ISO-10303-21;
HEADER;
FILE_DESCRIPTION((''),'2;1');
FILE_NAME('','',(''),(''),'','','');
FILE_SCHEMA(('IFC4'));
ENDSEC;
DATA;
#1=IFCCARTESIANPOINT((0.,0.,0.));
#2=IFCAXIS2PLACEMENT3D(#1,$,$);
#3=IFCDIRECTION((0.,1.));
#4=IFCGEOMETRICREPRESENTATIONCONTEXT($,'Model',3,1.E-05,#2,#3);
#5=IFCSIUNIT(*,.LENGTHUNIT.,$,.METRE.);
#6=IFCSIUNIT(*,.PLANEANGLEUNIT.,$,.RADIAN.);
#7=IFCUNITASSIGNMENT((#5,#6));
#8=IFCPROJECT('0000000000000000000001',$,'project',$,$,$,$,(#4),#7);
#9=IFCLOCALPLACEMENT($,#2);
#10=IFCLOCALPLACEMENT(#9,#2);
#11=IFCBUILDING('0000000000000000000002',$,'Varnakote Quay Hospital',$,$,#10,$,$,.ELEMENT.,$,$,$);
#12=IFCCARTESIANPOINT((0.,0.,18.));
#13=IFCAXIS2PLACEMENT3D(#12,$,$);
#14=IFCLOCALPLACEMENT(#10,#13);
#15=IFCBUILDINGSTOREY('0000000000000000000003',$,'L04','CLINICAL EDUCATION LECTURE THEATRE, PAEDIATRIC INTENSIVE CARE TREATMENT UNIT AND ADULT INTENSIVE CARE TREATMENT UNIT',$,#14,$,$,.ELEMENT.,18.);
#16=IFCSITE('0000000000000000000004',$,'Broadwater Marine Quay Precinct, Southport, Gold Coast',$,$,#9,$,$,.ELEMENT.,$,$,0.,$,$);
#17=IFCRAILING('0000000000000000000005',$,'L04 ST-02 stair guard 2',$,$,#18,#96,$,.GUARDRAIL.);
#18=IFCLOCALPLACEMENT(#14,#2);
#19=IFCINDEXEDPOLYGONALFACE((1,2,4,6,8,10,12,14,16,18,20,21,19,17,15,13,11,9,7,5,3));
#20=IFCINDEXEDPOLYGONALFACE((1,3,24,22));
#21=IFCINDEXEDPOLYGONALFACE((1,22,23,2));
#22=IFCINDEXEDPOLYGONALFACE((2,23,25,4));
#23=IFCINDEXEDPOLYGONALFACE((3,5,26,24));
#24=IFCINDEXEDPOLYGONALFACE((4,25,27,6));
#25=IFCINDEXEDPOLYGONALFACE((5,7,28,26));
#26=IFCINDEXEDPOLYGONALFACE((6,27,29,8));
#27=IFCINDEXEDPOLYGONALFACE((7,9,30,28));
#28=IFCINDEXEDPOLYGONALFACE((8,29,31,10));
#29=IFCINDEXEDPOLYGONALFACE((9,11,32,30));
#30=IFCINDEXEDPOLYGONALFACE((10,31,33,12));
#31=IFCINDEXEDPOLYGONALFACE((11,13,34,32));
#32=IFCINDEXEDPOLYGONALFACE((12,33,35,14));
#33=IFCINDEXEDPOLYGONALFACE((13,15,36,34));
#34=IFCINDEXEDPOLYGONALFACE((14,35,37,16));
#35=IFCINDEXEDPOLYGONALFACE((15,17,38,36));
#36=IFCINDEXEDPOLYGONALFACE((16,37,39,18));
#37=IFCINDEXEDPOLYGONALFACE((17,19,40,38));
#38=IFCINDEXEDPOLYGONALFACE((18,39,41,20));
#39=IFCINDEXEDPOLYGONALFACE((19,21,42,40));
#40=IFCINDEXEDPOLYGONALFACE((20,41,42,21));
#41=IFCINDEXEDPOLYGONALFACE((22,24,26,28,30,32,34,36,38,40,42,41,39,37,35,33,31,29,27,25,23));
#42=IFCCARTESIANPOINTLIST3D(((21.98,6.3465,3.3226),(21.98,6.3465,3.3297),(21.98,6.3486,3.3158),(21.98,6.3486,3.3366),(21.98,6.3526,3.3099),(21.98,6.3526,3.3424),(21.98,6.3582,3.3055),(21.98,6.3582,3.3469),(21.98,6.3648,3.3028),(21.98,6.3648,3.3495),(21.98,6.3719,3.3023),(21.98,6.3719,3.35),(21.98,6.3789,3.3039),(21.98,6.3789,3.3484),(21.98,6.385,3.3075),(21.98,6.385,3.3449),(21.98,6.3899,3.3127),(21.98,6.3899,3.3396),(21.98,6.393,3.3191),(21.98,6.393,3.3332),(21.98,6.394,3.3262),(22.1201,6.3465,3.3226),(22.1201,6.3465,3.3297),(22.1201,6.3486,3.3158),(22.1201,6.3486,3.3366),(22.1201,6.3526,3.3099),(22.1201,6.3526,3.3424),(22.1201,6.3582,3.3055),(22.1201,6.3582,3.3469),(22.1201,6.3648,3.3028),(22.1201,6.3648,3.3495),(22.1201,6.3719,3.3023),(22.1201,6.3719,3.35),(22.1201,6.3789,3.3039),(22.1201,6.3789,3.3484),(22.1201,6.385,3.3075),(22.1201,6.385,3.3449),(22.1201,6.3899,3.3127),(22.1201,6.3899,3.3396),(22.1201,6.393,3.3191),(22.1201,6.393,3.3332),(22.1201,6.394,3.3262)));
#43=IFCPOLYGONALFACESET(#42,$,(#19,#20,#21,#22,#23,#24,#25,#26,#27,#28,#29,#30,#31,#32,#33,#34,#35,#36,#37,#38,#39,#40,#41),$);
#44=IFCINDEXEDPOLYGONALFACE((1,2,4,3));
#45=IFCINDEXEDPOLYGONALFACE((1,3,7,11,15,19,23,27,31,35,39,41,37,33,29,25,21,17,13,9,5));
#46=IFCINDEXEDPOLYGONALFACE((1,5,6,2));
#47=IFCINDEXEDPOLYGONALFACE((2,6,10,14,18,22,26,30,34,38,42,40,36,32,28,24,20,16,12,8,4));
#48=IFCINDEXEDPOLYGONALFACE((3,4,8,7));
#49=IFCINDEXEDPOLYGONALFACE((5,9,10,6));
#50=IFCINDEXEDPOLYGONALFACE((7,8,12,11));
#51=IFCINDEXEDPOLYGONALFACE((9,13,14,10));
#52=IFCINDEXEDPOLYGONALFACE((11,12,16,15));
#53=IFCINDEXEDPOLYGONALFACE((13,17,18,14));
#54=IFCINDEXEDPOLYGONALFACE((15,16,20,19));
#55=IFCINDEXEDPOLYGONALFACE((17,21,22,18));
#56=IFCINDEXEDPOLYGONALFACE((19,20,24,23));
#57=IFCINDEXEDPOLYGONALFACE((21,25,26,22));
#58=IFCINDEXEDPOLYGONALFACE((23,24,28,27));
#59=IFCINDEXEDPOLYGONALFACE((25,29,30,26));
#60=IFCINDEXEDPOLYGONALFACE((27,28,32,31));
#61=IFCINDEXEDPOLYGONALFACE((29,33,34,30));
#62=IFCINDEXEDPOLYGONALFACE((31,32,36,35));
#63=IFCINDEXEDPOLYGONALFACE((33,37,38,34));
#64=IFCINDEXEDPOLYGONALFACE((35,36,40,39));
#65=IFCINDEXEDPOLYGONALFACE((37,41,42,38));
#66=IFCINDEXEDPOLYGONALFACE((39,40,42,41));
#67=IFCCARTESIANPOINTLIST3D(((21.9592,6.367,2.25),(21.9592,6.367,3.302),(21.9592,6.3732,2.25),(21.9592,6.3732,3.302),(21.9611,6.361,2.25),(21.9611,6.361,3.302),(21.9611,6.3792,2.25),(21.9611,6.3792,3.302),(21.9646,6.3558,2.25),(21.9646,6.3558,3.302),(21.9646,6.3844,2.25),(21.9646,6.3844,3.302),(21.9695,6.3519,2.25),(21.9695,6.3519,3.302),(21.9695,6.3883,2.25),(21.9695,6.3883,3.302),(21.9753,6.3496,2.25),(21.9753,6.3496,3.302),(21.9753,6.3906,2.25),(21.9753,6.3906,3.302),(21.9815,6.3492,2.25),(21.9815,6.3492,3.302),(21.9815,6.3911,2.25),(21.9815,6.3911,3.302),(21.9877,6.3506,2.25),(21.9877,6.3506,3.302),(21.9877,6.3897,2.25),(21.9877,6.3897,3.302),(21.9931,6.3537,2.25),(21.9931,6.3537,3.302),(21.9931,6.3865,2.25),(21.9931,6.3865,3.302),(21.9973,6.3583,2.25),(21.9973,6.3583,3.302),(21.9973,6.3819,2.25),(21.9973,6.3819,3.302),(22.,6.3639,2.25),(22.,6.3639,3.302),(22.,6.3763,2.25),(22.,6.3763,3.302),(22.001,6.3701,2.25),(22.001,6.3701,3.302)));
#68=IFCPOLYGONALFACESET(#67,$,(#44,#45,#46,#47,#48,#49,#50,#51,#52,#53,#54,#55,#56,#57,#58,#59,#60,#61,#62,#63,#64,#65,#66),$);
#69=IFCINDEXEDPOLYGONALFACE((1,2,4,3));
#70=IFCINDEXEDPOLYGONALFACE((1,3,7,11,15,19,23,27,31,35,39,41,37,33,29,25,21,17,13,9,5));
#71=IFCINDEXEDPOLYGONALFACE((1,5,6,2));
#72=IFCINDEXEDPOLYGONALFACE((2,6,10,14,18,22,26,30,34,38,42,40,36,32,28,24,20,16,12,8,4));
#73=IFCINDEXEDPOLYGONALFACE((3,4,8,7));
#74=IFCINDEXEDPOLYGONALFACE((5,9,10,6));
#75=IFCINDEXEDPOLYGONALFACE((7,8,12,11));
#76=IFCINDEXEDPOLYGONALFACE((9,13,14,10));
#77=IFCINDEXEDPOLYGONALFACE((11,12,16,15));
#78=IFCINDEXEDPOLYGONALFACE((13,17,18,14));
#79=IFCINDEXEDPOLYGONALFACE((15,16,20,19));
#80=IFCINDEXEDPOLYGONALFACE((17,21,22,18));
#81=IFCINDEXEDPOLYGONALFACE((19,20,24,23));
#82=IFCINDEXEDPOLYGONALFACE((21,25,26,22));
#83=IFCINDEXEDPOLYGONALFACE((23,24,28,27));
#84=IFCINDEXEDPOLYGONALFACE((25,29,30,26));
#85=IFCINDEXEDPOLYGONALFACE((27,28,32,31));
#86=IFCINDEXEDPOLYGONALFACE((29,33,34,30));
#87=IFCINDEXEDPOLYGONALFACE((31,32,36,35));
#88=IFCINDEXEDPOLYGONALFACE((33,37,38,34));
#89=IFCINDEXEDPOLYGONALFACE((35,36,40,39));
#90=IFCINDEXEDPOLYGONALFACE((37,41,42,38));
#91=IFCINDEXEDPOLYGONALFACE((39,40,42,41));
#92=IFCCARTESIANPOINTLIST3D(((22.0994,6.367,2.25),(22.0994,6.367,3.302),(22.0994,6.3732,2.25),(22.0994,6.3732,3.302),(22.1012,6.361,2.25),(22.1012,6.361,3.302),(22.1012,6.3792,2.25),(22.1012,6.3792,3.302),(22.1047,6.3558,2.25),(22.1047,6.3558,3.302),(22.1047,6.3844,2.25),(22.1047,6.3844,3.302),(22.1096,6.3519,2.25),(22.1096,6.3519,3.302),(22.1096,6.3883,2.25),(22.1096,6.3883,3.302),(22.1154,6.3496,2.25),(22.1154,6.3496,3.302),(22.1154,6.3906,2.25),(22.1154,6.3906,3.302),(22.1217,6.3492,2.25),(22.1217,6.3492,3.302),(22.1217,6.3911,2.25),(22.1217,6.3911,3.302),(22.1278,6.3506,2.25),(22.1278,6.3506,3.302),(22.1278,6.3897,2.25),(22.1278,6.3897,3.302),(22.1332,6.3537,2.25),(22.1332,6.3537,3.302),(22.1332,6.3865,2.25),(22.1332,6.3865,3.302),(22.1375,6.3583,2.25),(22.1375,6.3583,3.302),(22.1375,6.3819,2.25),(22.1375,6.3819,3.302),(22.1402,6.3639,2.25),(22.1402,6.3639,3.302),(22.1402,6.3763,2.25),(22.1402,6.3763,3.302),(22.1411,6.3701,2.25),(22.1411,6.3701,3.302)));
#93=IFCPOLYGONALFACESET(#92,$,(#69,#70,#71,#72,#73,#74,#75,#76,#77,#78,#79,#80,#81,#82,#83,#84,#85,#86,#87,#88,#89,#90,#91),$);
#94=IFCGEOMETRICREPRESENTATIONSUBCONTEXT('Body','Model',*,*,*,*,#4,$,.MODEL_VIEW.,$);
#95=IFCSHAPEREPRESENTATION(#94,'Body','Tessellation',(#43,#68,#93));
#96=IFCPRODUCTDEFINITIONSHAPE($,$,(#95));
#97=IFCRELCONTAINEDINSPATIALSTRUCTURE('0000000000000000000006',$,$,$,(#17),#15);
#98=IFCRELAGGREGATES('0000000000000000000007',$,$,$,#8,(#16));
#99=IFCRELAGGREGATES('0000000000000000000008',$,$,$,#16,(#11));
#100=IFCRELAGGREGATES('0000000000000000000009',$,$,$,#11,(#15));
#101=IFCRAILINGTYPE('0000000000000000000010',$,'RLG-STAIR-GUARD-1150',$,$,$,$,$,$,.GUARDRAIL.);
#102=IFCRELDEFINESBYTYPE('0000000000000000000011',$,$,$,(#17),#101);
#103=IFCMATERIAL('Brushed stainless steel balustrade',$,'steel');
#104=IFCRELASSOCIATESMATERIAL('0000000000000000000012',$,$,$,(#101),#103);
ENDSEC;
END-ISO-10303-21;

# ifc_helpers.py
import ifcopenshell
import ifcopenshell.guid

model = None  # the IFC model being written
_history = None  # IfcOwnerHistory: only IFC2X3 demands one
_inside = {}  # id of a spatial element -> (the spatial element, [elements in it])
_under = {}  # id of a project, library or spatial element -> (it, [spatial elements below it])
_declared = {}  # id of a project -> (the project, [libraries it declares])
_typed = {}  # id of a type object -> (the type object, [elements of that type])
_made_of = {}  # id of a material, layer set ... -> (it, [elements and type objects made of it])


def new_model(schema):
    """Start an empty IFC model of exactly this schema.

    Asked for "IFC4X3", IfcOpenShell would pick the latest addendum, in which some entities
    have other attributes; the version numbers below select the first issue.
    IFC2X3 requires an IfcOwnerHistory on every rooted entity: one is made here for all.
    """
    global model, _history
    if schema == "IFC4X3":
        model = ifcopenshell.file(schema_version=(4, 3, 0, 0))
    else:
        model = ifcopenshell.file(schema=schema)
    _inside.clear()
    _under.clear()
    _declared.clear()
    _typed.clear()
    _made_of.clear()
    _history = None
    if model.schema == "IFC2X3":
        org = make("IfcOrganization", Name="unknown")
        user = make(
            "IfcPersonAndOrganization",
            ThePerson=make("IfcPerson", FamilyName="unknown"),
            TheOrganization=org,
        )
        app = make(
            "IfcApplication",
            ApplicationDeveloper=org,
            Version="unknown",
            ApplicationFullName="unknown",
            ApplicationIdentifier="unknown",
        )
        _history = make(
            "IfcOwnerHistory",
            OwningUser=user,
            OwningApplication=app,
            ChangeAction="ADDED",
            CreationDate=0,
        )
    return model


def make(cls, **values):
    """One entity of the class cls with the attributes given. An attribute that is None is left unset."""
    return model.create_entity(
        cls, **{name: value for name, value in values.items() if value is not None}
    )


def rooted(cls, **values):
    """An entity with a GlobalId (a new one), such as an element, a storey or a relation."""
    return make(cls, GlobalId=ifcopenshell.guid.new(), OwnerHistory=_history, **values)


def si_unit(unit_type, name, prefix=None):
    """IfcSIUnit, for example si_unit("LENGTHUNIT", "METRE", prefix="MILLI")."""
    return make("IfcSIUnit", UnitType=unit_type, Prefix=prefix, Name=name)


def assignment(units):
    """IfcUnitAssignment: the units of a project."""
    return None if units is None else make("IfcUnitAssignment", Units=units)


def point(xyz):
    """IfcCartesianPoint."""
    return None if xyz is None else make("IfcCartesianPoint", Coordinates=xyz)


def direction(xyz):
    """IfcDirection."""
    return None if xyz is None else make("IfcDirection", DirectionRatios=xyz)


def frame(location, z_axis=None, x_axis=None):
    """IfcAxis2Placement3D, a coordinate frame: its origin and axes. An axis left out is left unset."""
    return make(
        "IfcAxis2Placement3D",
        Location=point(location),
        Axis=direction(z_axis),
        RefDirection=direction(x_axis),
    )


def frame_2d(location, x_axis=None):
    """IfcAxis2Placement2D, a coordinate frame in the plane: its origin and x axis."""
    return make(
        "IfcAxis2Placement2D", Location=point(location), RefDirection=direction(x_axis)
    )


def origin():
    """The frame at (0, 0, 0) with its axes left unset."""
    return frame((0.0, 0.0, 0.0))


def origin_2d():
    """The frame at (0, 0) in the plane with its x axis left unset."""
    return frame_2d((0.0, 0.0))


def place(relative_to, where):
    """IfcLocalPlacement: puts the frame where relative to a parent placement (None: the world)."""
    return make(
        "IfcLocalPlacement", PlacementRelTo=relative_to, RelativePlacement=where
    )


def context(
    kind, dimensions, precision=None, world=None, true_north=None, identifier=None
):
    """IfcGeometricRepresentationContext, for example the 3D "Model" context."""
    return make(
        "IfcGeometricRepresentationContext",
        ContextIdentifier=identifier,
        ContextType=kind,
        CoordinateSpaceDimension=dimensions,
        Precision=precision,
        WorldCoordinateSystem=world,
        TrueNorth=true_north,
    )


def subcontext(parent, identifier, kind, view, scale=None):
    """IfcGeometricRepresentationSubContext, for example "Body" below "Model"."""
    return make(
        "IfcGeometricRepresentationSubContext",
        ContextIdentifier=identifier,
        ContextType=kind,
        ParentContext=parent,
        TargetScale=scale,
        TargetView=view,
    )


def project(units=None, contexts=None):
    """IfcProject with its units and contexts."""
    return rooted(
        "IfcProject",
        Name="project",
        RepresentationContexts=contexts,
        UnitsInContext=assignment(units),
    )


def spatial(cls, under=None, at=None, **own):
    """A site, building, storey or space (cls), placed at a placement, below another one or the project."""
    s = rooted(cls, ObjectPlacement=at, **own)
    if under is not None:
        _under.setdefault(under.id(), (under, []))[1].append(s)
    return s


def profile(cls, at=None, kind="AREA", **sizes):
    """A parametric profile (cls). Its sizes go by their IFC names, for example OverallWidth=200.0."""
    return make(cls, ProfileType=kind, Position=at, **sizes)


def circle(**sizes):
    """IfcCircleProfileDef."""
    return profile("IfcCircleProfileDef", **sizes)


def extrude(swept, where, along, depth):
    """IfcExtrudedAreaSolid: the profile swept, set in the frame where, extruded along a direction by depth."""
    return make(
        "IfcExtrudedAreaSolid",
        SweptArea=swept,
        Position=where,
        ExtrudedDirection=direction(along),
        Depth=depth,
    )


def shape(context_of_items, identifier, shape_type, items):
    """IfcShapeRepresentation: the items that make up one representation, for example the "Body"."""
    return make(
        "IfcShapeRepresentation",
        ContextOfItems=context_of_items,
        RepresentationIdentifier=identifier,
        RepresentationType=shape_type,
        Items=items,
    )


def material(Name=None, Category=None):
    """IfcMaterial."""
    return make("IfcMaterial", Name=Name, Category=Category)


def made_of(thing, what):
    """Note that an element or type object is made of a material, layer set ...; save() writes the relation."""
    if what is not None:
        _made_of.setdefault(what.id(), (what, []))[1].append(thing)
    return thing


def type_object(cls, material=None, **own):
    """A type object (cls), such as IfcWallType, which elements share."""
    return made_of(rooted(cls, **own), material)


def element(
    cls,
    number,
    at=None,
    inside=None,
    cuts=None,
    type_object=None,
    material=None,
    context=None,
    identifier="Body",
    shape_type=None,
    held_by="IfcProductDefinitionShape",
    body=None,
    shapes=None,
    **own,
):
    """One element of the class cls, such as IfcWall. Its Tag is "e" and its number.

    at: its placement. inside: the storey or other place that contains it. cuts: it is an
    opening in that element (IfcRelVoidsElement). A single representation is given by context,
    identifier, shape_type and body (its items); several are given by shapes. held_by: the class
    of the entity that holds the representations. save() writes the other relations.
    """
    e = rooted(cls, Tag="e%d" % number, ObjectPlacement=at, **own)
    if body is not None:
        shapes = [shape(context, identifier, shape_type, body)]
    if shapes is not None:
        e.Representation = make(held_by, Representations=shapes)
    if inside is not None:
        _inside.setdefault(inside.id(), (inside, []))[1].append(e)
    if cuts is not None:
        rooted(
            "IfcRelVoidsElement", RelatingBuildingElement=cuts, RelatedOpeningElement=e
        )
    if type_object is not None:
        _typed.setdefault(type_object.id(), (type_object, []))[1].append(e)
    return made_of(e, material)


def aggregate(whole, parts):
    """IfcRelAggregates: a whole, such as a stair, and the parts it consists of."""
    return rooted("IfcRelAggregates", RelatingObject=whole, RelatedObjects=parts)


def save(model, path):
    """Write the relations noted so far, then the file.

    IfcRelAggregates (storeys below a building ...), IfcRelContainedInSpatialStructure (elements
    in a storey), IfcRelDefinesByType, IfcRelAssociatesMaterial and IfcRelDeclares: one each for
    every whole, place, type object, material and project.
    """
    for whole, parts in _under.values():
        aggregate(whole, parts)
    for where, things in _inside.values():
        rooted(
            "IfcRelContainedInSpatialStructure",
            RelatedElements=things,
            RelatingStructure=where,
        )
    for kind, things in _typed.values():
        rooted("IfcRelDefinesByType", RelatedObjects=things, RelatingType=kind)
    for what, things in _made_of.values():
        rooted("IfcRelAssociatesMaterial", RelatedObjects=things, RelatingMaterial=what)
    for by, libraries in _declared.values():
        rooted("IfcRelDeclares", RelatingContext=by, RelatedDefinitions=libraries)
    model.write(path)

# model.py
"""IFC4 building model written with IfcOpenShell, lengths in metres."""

from ifc_helpers import new_model, si_unit, direction, frame, origin, origin_2d, place, context, subcontext, project, spatial, circle, extrude, material, type_object, element, save


model = new_model("IFC4")

# Units and contexts
model_context = context("Model", 3, precision=1e-05, world=origin(), true_north=direction((0.0, 1.0)))
body_context = subcontext(model_context, "Body", "Model", "MODEL_VIEW")
ifc_project = project(units=[si_unit("LENGTHUNIT", "METRE"), si_unit("PLANEANGLEUNIT", "RADIAN")], contexts=[model_context])

# Site, building, storey
site_placement = place(None, origin())
site = spatial("IfcSite", under=ifc_project, at=site_placement, Name="Broadwater Marine Quay Precinct, Southport, Gold Coast", CompositionType="ELEMENT", RefElevation=0.0)
building_placement = place(site_placement, origin())
building = spatial("IfcBuilding", under=site, at=building_placement, Name="Varnakote Quay Hospital", CompositionType="ELEMENT")
storey_placement = place(building_placement, frame((0.0, 0.0, 18.0)))
storey = spatial("IfcBuildingStorey", under=building, at=storey_placement, Name="L04", Description="CLINICAL EDUCATION LECTURE THEATRE, PAEDIATRIC INTENSIVE CARE TREATMENT UNIT AND ADULT INTENSIVE CARE TREATMENT UNIT", CompositionType="ELEMENT", Elevation=18.0)

# Railing
ifc_material_1 = material(Name="Brushed stainless steel balustrade", Category="steel")
railing_type_1 = type_object("IfcRailingType", Name="RLG-STAIR-GUARD-1150", PredefinedType="GUARDRAIL", material=ifc_material_1)
railing_1_placement = place(storey_placement, frame((21.98, 6.3701, 2.25)))
element("IfcRailing", 1, at=railing_1_placement, inside=storey, type_object=railing_type_1, Name="L04 ST-02 stair guard 2", PredefinedType="GUARDRAIL", context=body_context, shape_type="SweptSolid", body=[
    extrude(circle(Radius=0.0239, at=origin_2d()), frame((0.0, 0.0, 1.0762), z_axis=(1.0, 0.0, 0.0), x_axis=(0.0, 1.0, 0.0)), (0.0, 0.0, 1.0), 0.1401),
    extrude(circle(Radius=0.021, at=origin_2d()), origin(), (0.0, 0.0, 1.0), 1.052),
    extrude(circle(Radius=0.021, at=origin_2d()), frame((0.1401, 0.0, 0.0)), (0.0, 0.0, 1.0), 1.052),
])

save(model, "model.ifc")
